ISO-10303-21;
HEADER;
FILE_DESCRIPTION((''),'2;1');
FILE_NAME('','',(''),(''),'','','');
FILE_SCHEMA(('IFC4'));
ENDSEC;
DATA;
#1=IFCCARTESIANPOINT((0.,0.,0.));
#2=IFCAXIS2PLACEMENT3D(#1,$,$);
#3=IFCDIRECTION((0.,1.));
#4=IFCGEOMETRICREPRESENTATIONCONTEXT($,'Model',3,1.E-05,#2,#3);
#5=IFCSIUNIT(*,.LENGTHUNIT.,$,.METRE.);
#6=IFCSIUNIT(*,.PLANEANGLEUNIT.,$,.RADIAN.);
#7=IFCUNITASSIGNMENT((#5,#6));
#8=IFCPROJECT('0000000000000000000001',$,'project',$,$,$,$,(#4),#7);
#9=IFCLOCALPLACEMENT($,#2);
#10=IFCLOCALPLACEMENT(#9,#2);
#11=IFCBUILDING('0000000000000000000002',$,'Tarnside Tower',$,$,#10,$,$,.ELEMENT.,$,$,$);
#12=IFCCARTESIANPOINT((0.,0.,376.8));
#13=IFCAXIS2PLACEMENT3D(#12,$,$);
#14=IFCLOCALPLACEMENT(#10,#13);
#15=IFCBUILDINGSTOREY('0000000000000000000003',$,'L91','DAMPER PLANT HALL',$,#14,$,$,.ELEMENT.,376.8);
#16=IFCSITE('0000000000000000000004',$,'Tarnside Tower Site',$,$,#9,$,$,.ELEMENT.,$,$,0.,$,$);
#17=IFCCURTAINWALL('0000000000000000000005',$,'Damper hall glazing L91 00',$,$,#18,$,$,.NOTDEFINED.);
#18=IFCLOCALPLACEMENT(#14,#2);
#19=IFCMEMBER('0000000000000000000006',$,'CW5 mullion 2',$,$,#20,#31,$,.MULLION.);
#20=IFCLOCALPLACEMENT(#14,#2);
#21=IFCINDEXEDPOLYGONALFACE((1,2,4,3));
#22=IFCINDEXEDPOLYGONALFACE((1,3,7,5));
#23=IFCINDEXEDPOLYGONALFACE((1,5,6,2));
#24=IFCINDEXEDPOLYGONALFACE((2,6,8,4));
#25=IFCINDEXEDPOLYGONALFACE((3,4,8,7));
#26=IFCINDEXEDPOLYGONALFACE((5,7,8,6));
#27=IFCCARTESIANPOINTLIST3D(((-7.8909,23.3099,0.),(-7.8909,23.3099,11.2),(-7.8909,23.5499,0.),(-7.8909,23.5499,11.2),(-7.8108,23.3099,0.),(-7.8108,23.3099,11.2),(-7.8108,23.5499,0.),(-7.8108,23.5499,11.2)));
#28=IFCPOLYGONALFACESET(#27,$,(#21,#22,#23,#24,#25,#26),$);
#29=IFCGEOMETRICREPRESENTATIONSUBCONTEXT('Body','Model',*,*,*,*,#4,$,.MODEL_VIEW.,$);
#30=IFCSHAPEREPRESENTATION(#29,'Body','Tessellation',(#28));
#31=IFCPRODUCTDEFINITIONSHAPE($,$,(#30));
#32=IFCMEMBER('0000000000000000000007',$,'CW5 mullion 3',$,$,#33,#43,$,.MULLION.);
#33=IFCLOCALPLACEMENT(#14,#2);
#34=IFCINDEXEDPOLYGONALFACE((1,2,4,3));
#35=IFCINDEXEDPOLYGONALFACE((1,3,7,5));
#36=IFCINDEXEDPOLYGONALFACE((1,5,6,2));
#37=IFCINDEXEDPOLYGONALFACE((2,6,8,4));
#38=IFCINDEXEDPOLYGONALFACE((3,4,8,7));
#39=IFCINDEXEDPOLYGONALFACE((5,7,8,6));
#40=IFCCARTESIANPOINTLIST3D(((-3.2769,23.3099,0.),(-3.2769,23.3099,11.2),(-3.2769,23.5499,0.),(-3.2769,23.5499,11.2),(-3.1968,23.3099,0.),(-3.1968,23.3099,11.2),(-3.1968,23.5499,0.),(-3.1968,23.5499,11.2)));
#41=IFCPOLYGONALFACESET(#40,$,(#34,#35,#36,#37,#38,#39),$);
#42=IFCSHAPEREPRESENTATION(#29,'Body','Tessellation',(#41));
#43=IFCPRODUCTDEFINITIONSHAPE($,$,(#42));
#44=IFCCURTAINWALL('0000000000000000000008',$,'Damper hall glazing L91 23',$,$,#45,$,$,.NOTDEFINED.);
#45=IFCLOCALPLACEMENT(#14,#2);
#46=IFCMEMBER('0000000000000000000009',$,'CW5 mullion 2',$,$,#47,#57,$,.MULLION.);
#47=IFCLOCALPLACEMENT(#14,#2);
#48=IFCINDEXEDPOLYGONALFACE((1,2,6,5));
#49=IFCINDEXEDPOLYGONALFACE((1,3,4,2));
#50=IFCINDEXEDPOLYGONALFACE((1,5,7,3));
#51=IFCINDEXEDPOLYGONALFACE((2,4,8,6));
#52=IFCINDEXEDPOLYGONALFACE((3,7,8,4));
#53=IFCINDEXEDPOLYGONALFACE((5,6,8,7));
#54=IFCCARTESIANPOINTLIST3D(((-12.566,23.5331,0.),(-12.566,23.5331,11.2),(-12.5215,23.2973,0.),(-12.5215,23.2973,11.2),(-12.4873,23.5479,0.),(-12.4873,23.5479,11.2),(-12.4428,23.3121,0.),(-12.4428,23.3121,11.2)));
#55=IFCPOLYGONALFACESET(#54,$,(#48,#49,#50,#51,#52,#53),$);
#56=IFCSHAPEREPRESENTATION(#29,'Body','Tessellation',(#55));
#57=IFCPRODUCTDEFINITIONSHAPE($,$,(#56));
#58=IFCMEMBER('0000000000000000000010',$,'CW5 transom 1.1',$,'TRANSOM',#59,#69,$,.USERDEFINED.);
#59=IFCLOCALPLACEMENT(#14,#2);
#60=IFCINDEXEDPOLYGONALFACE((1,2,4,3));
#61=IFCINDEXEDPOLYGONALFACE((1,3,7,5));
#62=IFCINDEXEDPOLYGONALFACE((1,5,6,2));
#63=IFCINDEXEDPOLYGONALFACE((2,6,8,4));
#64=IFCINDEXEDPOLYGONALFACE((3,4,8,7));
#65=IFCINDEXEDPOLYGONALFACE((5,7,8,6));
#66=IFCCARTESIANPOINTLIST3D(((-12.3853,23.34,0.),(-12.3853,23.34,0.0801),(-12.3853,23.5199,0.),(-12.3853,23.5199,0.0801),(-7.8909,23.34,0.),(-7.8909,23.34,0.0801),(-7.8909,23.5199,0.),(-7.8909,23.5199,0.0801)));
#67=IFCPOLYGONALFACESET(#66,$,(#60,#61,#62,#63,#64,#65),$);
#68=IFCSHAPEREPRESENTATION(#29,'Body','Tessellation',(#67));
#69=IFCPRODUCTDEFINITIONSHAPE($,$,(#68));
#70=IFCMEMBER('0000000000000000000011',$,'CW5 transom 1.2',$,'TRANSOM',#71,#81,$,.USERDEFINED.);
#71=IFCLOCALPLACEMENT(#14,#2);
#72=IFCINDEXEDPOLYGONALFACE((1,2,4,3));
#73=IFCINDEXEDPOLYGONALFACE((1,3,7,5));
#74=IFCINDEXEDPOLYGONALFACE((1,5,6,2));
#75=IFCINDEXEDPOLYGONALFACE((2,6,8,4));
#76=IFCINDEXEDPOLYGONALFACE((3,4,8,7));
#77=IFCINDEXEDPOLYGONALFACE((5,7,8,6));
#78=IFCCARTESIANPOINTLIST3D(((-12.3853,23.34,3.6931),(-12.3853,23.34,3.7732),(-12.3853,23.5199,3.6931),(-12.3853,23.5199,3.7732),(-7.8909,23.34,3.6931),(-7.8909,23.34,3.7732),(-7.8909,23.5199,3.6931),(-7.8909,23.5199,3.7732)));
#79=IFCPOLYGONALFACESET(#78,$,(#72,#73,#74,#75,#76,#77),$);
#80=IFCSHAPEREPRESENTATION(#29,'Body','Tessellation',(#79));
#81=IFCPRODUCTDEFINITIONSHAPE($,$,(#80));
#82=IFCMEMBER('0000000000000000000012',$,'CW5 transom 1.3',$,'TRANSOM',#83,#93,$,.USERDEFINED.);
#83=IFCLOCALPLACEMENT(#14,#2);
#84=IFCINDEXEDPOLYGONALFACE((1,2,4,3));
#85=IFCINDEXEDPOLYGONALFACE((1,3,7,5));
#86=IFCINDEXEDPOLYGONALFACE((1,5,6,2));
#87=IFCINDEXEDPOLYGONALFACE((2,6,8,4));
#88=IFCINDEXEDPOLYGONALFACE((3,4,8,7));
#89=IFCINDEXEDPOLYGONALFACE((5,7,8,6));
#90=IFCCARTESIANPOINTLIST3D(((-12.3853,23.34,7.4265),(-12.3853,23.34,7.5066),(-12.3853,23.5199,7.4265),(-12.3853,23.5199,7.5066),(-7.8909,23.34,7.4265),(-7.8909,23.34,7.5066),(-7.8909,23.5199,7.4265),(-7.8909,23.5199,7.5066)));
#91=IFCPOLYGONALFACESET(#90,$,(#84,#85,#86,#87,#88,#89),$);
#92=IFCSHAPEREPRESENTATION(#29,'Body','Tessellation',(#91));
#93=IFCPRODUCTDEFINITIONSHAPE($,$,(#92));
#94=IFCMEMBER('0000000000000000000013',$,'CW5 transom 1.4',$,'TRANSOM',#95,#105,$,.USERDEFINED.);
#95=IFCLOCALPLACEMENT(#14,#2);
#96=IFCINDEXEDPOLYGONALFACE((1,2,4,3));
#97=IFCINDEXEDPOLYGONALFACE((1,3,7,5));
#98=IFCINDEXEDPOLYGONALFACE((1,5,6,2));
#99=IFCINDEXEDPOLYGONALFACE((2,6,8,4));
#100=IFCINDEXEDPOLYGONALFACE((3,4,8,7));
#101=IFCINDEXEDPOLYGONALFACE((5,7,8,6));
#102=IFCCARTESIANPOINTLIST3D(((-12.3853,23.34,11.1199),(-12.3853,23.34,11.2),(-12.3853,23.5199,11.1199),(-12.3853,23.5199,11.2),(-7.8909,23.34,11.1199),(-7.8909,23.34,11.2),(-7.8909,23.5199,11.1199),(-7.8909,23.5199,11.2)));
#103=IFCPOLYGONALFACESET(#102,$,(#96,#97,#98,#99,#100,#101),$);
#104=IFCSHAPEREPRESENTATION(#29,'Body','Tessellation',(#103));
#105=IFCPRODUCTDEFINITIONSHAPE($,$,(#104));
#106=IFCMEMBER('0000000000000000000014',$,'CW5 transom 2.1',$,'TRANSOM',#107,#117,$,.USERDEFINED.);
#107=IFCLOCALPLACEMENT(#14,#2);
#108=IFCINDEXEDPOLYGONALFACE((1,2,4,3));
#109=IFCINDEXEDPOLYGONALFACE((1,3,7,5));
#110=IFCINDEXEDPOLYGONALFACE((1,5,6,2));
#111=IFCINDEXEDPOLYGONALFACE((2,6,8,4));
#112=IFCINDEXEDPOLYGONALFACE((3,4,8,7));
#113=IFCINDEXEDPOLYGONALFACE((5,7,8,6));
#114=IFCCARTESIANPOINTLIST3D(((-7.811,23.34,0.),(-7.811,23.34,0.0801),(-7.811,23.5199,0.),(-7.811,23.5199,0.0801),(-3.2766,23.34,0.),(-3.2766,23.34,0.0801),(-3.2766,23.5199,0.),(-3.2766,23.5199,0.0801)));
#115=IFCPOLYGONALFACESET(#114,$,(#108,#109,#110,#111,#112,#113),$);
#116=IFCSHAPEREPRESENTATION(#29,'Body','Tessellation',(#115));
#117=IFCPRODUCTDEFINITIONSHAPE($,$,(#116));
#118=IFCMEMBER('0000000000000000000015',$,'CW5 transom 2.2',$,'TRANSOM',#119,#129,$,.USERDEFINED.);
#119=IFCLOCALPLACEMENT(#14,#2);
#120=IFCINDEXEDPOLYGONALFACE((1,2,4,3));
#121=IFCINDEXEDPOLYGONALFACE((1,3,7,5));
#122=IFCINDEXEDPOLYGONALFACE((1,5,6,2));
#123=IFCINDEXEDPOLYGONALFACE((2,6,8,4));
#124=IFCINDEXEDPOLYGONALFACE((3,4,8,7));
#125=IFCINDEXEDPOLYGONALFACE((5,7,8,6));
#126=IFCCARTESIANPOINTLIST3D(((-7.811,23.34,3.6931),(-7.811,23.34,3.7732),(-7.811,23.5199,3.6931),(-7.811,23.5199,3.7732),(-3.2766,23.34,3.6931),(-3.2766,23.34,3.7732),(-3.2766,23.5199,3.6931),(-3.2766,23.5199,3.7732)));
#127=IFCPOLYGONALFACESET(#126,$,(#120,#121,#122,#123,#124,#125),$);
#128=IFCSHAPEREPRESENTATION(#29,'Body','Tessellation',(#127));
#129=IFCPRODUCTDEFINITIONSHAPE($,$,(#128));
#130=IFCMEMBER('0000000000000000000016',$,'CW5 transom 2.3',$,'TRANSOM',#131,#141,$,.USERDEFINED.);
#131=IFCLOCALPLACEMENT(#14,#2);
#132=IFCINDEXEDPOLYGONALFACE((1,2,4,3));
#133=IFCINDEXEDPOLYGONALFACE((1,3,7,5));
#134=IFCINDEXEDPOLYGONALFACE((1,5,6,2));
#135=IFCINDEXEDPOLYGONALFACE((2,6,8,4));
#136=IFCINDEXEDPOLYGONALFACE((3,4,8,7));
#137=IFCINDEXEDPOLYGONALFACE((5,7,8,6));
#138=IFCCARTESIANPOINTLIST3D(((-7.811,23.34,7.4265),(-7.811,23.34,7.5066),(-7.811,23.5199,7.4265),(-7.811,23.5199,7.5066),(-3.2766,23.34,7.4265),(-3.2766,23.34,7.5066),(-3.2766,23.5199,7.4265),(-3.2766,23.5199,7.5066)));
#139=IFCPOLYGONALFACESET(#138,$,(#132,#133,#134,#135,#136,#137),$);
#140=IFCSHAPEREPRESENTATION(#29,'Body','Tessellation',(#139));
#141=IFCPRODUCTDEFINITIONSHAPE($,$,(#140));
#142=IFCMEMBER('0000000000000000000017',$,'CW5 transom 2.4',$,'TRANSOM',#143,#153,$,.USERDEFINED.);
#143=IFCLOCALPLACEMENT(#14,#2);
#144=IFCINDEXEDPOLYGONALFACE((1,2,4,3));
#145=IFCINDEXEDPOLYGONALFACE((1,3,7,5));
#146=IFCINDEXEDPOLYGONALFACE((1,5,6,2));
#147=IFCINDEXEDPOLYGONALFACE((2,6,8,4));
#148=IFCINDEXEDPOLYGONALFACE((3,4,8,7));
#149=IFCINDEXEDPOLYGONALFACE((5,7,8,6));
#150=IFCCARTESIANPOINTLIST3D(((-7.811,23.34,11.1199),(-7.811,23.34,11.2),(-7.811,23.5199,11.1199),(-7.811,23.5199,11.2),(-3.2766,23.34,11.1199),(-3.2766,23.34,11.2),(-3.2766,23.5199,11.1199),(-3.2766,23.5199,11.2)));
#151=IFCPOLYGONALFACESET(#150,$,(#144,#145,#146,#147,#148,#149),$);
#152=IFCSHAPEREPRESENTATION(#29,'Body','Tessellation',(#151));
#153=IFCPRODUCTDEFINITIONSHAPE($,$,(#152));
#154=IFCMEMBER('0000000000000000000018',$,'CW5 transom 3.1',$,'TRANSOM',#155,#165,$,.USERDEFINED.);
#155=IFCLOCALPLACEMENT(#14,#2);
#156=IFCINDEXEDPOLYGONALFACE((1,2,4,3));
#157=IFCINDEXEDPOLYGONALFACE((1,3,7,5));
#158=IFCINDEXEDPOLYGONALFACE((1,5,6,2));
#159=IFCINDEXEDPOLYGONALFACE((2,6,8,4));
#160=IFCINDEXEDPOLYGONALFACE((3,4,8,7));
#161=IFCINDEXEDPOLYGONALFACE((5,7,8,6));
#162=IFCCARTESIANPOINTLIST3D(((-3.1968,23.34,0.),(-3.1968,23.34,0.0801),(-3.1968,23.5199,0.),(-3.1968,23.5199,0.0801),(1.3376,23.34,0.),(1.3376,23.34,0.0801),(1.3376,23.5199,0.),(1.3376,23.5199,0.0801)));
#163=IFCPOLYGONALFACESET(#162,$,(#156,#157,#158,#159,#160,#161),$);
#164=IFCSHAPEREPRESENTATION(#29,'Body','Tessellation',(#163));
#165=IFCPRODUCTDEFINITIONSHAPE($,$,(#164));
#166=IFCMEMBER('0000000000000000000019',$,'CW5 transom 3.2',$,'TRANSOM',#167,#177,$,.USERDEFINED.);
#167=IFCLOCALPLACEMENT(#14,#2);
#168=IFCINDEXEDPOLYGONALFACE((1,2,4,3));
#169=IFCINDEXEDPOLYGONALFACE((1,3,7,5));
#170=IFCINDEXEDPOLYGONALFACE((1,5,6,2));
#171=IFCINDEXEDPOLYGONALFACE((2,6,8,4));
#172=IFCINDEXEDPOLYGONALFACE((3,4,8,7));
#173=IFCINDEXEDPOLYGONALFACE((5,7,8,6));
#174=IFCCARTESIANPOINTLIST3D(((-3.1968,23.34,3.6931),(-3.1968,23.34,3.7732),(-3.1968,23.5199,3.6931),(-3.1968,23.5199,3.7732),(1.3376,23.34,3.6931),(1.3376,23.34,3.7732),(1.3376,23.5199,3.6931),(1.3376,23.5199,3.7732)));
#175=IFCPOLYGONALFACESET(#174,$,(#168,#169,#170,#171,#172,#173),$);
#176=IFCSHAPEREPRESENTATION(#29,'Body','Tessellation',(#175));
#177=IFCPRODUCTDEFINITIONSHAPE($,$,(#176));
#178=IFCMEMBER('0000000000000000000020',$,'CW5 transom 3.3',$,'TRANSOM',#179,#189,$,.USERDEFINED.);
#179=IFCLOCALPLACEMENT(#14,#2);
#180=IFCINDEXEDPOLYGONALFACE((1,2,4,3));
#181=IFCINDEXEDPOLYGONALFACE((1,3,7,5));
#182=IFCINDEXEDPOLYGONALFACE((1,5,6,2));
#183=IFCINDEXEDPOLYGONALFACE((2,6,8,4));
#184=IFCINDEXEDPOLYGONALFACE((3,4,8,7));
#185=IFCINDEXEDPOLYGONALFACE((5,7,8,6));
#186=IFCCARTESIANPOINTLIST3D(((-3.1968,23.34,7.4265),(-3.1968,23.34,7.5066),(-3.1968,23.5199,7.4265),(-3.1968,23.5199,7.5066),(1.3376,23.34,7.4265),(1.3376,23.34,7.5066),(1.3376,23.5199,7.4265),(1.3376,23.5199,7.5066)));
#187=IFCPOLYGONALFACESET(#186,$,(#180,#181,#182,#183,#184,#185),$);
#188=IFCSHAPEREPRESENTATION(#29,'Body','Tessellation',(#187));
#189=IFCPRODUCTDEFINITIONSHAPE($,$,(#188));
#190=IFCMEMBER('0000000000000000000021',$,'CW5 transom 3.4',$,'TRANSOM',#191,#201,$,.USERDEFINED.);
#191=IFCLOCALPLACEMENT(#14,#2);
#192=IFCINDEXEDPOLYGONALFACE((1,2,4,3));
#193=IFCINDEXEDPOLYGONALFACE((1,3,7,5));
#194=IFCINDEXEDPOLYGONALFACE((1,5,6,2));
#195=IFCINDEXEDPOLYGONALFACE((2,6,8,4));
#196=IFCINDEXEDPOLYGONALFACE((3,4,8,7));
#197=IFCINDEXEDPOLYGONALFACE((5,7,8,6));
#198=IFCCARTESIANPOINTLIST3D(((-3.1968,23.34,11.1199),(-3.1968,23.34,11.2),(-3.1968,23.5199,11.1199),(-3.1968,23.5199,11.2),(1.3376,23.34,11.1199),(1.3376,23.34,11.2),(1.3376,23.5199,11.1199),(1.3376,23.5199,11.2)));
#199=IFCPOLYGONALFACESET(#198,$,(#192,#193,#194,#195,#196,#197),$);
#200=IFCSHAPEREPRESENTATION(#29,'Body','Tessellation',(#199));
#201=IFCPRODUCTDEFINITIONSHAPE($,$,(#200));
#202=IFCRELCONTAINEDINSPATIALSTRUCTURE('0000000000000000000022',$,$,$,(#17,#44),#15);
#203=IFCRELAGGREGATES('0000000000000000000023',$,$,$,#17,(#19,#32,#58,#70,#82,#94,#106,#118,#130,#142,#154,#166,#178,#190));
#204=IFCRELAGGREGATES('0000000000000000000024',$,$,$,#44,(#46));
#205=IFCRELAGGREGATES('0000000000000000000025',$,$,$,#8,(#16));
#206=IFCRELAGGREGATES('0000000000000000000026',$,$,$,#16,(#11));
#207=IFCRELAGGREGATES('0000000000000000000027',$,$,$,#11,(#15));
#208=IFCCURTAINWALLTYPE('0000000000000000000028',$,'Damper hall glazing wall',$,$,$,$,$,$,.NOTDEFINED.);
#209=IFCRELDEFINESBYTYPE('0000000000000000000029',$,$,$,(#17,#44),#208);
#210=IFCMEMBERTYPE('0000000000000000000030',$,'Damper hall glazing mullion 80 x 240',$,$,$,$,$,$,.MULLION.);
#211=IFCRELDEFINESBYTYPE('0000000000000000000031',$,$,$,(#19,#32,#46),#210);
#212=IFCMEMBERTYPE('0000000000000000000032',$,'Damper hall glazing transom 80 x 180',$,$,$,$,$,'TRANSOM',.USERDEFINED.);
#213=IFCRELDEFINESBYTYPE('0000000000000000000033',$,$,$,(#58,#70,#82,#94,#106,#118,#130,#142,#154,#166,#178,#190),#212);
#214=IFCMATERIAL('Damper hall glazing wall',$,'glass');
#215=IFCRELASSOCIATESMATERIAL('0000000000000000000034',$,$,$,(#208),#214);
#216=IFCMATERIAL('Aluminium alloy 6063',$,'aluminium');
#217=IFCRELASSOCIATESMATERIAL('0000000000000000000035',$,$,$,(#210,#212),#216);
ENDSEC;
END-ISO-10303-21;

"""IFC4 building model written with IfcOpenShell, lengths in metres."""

from ifc_helpers import new_model, si_unit, direction, frame, origin, origin_2d, place, context, subcontext, project, spatial, rectangle, extrude, material, material_profile, profile_set, type_object, element, aggregate, save


model = new_model("IFC4")

# Units and contexts
model_context = context("Model", 3, precision=1e-05, world=origin(), true_north=direction((0.0, 1.0)))
body_context = subcontext(model_context, "Body", "Model", "MODEL_VIEW")
ifc_project = project(units=[si_unit("LENGTHUNIT", "METRE"), si_unit("PLANEANGLEUNIT", "RADIAN")], contexts=[model_context])

# Site, building, storey
site_placement = place(None, origin())
site = spatial("IfcSite", under=ifc_project, at=site_placement, Name="Tarnside Tower Site", CompositionType="ELEMENT", RefElevation=0.0)
building_placement = place(site_placement, origin())
building = spatial("IfcBuilding", under=site, at=building_placement, Name="Tarnside Tower", CompositionType="ELEMENT")
storey_placement = place(building_placement, frame((0.0, 0.0, 376.8)))
storey = spatial("IfcBuildingStorey", under=building, at=storey_placement, Name="L91", Description="DAMPER PLANT HALL", CompositionType="ELEMENT", Elevation=376.8)

# Curtain wall, members
ifc_material_1 = material(Name="Damper hall glazing wall", Category="glass")
curtain_wall_type = type_object("IfcCurtainWallType", Name="Damper hall glazing wall", PredefinedType="NOTDEFINED", material=ifc_material_1)
curtain_wall_1_placement = place(storey_placement, origin())
curtain_wall_1 = element("IfcCurtainWall", 1, at=curtain_wall_1_placement, inside=storey, type_object=curtain_wall_type, Name="Damper hall glazing L91 00", PredefinedType="NOTDEFINED")
ifc_material_2 = material(Name="Aluminium alloy 6063", Category="aluminium")
ifc_material_profile_1 = material_profile(ifc_material_2, rectangle(XDim=0.24, YDim=0.0801, at=origin_2d()), Name="Damper hall glazing mullion 80 x 240")
ifc_profile_set_1 = profile_set([ifc_material_profile_1], Name="Aluminium alloy 6063")
member_type_1 = type_object("IfcMemberType", Name="Damper hall glazing mullion 80 x 240", PredefinedType="MULLION", material=ifc_profile_set_1)
member_1_placement = place(storey_placement, frame((-7.8508, 23.4299, 0.0), z_axis=(0.0, 0.0, 1.0), x_axis=(0.0, 1.0, 0.0)))
member_1 = element("IfcMember", 2, at=member_1_placement, type_object=member_type_1, Name="CW5 mullion 2", PredefinedType="MULLION", context=body_context, shape_type="SweptSolid", body=[
    extrude(rectangle(XDim=0.24, YDim=0.0801, at=origin_2d()), origin(), (0.0, 0.0, 1.0), 11.2),
])
member_2_placement = place(storey_placement, frame((-3.2368, 23.4299, 0.0), z_axis=(0.0, 0.0, 1.0), x_axis=(0.0, 1.0, 0.0)))
member_2 = element("IfcMember", 3, at=member_2_placement, type_object=member_type_1, Name="CW5 mullion 3", PredefinedType="MULLION", context=body_context, shape_type="SweptSolid", body=[
    extrude(rectangle(XDim=0.24, YDim=0.0801, at=origin_2d()), origin(), (0.0, 0.0, 1.0), 11.2),
])

# Curtain wall, member
curtain_wall_2_placement = place(storey_placement, origin())
curtain_wall_2 = element("IfcCurtainWall", 4, at=curtain_wall_2_placement, inside=storey, type_object=curtain_wall_type, Name="Damper hall glazing L91 23", PredefinedType="NOTDEFINED")
member_3_placement = place(storey_placement, frame((-12.5044, 23.4226, 0.0), z_axis=(0.0, 0.0, 1.0), x_axis=(-0.185095, 0.982721, 0.0)))
member_3 = element("IfcMember", 5, at=member_3_placement, type_object=member_type_1, Name="CW5 mullion 2", PredefinedType="MULLION", context=body_context, shape_type="SweptSolid", body=[
    extrude(rectangle(XDim=0.24, YDim=0.0801, at=origin_2d()), origin(), (0.0, 0.0, 1.0), 11.2),
])

# Members
ifc_material_profile_2 = material_profile(ifc_material_2, rectangle(XDim=0.1799, YDim=0.0801, at=origin_2d()), Name="Damper hall glazing transom 80 x 180")
ifc_profile_set_2 = profile_set([ifc_material_profile_2], Name="Aluminium alloy 6063")
member_type_2 = type_object("IfcMemberType", Name="Damper hall glazing transom 80 x 180", ElementType="TRANSOM", PredefinedType="USERDEFINED", material=ifc_profile_set_2)
member_4_placement = place(storey_placement, frame((-12.3853, 23.4299, 0.04), z_axis=(1.0, 0.0, 0.0), x_axis=(0.0, 1.0, 0.0)))
member_4 = element("IfcMember", 6, at=member_4_placement, type_object=member_type_2, Name="CW5 transom 1.1", ObjectType="TRANSOM", PredefinedType="USERDEFINED", context=body_context, shape_type="SweptSolid", body=[
    extrude(rectangle(XDim=0.1799, YDim=0.0801, at=origin_2d()), origin(), (0.0, 0.0, 1.0), 4.4944),
])
member_5_placement = place(storey_placement, frame((-12.3853, 23.4299, 3.7332), z_axis=(1.0, 0.0, 0.0), x_axis=(0.0, 1.0, 0.0)))
member_5 = element("IfcMember", 7, at=member_5_placement, type_object=member_type_2, Name="CW5 transom 1.2", ObjectType="TRANSOM", PredefinedType="USERDEFINED", context=body_context, shape_type="SweptSolid", body=[
    extrude(rectangle(XDim=0.1799, YDim=0.0801, at=origin_2d()), origin(), (0.0, 0.0, 1.0), 4.4944),
])
member_6_placement = place(storey_placement, frame((-12.3853, 23.4299, 7.4666), z_axis=(1.0, 0.0, 0.0), x_axis=(0.0, 1.0, 0.0)))
member_6 = element("IfcMember", 8, at=member_6_placement, type_object=member_type_2, Name="CW5 transom 1.3", ObjectType="TRANSOM", PredefinedType="USERDEFINED", context=body_context, shape_type="SweptSolid", body=[
    extrude(rectangle(XDim=0.1799, YDim=0.0801, at=origin_2d()), origin(), (0.0, 0.0, 1.0), 4.4944),
])
member_7_placement = place(storey_placement, frame((-12.3853, 23.4299, 11.1599), z_axis=(1.0, 0.0, 0.0), x_axis=(0.0, 1.0, 0.0)))
member_7 = element("IfcMember", 9, at=member_7_placement, type_object=member_type_2, Name="CW5 transom 1.4", ObjectType="TRANSOM", PredefinedType="USERDEFINED", context=body_context, shape_type="SweptSolid", body=[
    extrude(rectangle(XDim=0.1799, YDim=0.0801, at=origin_2d()), origin(), (0.0, 0.0, 1.0), 4.4944),
])
member_8_placement = place(storey_placement, frame((-7.811, 23.4299, 0.04), z_axis=(1.0, 0.0, 0.0), x_axis=(0.0, 1.0, 0.0)))
member_8 = element("IfcMember", 10, at=member_8_placement, type_object=member_type_2, Name="CW5 transom 2.1", ObjectType="TRANSOM", PredefinedType="USERDEFINED", context=body_context, shape_type="SweptSolid", body=[
    extrude(rectangle(XDim=0.1799, YDim=0.0801, at=origin_2d()), origin(), (0.0, 0.0, 1.0), 4.5344),
])
member_9_placement = place(storey_placement, frame((-7.811, 23.4299, 3.7332), z_axis=(1.0, 0.0, 0.0), x_axis=(0.0, 1.0, 0.0)))
member_9 = element("IfcMember", 11, at=member_9_placement, type_object=member_type_2, Name="CW5 transom 2.2", ObjectType="TRANSOM", PredefinedType="USERDEFINED", context=body_context, shape_type="SweptSolid", body=[
    extrude(rectangle(XDim=0.1799, YDim=0.0801, at=origin_2d()), origin(), (0.0, 0.0, 1.0), 4.5344),
])
member_10_placement = place(storey_placement, frame((-7.811, 23.4299, 7.4666), z_axis=(1.0, 0.0, 0.0), x_axis=(0.0, 1.0, 0.0)))
member_10 = element("IfcMember", 12, at=member_10_placement, type_object=member_type_2, Name="CW5 transom 2.3", ObjectType="TRANSOM", PredefinedType="USERDEFINED", context=body_context, shape_type="SweptSolid", body=[
    extrude(rectangle(XDim=0.1799, YDim=0.0801, at=origin_2d()), origin(), (0.0, 0.0, 1.0), 4.5344),
])
member_11_placement = place(storey_placement, frame((-7.811, 23.4299, 11.1599), z_axis=(1.0, 0.0, 0.0), x_axis=(0.0, 1.0, 0.0)))
member_11 = element("IfcMember", 13, at=member_11_placement, type_object=member_type_2, Name="CW5 transom 2.4", ObjectType="TRANSOM", PredefinedType="USERDEFINED", context=body_context, shape_type="SweptSolid", body=[
    extrude(rectangle(XDim=0.1799, YDim=0.0801, at=origin_2d()), origin(), (0.0, 0.0, 1.0), 4.5344),
])
member_12_placement = place(storey_placement, frame((-3.1968, 23.4299, 0.04), z_axis=(1.0, 0.0, 0.0), x_axis=(0.0, 1.0, 0.0)))
member_12 = element("IfcMember", 14, at=member_12_placement, type_object=member_type_2, Name="CW5 transom 3.1", ObjectType="TRANSOM", PredefinedType="USERDEFINED", context=body_context, shape_type="SweptSolid", body=[
    extrude(rectangle(XDim=0.1799, YDim=0.0801, at=origin_2d()), origin(), (0.0, 0.0, 1.0), 4.5344),
])
member_13_placement = place(storey_placement, frame((-3.1968, 23.4299, 3.7332), z_axis=(1.0, 0.0, 0.0), x_axis=(0.0, 1.0, 0.0)))
member_13 = element("IfcMember", 15, at=member_13_placement, type_object=member_type_2, Name="CW5 transom 3.2", ObjectType="TRANSOM", PredefinedType="USERDEFINED", context=body_context, shape_type="SweptSolid", body=[
    extrude(rectangle(XDim=0.1799, YDim=0.0801, at=origin_2d()), origin(), (0.0, 0.0, 1.0), 4.5344),
])
member_14_placement = place(storey_placement, frame((-3.1968, 23.4299, 7.4666), z_axis=(1.0, 0.0, 0.0), x_axis=(0.0, 1.0, 0.0)))
member_14 = element("IfcMember", 16, at=member_14_placement, type_object=member_type_2, Name="CW5 transom 3.3", ObjectType="TRANSOM", PredefinedType="USERDEFINED", context=body_context, shape_type="SweptSolid", body=[
    extrude(rectangle(XDim=0.1799, YDim=0.0801, at=origin_2d()), origin(), (0.0, 0.0, 1.0), 4.5344),
])
member_15_placement = place(storey_placement, frame((-3.1968, 23.4299, 11.1599), z_axis=(1.0, 0.0, 0.0), x_axis=(0.0, 1.0, 0.0)))
member_15 = element("IfcMember", 17, at=member_15_placement, type_object=member_type_2, Name="CW5 transom 3.4", ObjectType="TRANSOM", PredefinedType="USERDEFINED", context=body_context, shape_type="SweptSolid", body=[
    extrude(rectangle(XDim=0.1799, YDim=0.0801, at=origin_2d()), origin(), (0.0, 0.0, 1.0), 4.5344),
])

aggregate(curtain_wall_1, [member_1, member_2, member_4, member_5, member_6, member_7, member_8, member_9, member_10, member_11, member_12, member_13, member_14, member_15])
aggregate(curtain_wall_2, [member_3])

save(model, "model.ifc")
